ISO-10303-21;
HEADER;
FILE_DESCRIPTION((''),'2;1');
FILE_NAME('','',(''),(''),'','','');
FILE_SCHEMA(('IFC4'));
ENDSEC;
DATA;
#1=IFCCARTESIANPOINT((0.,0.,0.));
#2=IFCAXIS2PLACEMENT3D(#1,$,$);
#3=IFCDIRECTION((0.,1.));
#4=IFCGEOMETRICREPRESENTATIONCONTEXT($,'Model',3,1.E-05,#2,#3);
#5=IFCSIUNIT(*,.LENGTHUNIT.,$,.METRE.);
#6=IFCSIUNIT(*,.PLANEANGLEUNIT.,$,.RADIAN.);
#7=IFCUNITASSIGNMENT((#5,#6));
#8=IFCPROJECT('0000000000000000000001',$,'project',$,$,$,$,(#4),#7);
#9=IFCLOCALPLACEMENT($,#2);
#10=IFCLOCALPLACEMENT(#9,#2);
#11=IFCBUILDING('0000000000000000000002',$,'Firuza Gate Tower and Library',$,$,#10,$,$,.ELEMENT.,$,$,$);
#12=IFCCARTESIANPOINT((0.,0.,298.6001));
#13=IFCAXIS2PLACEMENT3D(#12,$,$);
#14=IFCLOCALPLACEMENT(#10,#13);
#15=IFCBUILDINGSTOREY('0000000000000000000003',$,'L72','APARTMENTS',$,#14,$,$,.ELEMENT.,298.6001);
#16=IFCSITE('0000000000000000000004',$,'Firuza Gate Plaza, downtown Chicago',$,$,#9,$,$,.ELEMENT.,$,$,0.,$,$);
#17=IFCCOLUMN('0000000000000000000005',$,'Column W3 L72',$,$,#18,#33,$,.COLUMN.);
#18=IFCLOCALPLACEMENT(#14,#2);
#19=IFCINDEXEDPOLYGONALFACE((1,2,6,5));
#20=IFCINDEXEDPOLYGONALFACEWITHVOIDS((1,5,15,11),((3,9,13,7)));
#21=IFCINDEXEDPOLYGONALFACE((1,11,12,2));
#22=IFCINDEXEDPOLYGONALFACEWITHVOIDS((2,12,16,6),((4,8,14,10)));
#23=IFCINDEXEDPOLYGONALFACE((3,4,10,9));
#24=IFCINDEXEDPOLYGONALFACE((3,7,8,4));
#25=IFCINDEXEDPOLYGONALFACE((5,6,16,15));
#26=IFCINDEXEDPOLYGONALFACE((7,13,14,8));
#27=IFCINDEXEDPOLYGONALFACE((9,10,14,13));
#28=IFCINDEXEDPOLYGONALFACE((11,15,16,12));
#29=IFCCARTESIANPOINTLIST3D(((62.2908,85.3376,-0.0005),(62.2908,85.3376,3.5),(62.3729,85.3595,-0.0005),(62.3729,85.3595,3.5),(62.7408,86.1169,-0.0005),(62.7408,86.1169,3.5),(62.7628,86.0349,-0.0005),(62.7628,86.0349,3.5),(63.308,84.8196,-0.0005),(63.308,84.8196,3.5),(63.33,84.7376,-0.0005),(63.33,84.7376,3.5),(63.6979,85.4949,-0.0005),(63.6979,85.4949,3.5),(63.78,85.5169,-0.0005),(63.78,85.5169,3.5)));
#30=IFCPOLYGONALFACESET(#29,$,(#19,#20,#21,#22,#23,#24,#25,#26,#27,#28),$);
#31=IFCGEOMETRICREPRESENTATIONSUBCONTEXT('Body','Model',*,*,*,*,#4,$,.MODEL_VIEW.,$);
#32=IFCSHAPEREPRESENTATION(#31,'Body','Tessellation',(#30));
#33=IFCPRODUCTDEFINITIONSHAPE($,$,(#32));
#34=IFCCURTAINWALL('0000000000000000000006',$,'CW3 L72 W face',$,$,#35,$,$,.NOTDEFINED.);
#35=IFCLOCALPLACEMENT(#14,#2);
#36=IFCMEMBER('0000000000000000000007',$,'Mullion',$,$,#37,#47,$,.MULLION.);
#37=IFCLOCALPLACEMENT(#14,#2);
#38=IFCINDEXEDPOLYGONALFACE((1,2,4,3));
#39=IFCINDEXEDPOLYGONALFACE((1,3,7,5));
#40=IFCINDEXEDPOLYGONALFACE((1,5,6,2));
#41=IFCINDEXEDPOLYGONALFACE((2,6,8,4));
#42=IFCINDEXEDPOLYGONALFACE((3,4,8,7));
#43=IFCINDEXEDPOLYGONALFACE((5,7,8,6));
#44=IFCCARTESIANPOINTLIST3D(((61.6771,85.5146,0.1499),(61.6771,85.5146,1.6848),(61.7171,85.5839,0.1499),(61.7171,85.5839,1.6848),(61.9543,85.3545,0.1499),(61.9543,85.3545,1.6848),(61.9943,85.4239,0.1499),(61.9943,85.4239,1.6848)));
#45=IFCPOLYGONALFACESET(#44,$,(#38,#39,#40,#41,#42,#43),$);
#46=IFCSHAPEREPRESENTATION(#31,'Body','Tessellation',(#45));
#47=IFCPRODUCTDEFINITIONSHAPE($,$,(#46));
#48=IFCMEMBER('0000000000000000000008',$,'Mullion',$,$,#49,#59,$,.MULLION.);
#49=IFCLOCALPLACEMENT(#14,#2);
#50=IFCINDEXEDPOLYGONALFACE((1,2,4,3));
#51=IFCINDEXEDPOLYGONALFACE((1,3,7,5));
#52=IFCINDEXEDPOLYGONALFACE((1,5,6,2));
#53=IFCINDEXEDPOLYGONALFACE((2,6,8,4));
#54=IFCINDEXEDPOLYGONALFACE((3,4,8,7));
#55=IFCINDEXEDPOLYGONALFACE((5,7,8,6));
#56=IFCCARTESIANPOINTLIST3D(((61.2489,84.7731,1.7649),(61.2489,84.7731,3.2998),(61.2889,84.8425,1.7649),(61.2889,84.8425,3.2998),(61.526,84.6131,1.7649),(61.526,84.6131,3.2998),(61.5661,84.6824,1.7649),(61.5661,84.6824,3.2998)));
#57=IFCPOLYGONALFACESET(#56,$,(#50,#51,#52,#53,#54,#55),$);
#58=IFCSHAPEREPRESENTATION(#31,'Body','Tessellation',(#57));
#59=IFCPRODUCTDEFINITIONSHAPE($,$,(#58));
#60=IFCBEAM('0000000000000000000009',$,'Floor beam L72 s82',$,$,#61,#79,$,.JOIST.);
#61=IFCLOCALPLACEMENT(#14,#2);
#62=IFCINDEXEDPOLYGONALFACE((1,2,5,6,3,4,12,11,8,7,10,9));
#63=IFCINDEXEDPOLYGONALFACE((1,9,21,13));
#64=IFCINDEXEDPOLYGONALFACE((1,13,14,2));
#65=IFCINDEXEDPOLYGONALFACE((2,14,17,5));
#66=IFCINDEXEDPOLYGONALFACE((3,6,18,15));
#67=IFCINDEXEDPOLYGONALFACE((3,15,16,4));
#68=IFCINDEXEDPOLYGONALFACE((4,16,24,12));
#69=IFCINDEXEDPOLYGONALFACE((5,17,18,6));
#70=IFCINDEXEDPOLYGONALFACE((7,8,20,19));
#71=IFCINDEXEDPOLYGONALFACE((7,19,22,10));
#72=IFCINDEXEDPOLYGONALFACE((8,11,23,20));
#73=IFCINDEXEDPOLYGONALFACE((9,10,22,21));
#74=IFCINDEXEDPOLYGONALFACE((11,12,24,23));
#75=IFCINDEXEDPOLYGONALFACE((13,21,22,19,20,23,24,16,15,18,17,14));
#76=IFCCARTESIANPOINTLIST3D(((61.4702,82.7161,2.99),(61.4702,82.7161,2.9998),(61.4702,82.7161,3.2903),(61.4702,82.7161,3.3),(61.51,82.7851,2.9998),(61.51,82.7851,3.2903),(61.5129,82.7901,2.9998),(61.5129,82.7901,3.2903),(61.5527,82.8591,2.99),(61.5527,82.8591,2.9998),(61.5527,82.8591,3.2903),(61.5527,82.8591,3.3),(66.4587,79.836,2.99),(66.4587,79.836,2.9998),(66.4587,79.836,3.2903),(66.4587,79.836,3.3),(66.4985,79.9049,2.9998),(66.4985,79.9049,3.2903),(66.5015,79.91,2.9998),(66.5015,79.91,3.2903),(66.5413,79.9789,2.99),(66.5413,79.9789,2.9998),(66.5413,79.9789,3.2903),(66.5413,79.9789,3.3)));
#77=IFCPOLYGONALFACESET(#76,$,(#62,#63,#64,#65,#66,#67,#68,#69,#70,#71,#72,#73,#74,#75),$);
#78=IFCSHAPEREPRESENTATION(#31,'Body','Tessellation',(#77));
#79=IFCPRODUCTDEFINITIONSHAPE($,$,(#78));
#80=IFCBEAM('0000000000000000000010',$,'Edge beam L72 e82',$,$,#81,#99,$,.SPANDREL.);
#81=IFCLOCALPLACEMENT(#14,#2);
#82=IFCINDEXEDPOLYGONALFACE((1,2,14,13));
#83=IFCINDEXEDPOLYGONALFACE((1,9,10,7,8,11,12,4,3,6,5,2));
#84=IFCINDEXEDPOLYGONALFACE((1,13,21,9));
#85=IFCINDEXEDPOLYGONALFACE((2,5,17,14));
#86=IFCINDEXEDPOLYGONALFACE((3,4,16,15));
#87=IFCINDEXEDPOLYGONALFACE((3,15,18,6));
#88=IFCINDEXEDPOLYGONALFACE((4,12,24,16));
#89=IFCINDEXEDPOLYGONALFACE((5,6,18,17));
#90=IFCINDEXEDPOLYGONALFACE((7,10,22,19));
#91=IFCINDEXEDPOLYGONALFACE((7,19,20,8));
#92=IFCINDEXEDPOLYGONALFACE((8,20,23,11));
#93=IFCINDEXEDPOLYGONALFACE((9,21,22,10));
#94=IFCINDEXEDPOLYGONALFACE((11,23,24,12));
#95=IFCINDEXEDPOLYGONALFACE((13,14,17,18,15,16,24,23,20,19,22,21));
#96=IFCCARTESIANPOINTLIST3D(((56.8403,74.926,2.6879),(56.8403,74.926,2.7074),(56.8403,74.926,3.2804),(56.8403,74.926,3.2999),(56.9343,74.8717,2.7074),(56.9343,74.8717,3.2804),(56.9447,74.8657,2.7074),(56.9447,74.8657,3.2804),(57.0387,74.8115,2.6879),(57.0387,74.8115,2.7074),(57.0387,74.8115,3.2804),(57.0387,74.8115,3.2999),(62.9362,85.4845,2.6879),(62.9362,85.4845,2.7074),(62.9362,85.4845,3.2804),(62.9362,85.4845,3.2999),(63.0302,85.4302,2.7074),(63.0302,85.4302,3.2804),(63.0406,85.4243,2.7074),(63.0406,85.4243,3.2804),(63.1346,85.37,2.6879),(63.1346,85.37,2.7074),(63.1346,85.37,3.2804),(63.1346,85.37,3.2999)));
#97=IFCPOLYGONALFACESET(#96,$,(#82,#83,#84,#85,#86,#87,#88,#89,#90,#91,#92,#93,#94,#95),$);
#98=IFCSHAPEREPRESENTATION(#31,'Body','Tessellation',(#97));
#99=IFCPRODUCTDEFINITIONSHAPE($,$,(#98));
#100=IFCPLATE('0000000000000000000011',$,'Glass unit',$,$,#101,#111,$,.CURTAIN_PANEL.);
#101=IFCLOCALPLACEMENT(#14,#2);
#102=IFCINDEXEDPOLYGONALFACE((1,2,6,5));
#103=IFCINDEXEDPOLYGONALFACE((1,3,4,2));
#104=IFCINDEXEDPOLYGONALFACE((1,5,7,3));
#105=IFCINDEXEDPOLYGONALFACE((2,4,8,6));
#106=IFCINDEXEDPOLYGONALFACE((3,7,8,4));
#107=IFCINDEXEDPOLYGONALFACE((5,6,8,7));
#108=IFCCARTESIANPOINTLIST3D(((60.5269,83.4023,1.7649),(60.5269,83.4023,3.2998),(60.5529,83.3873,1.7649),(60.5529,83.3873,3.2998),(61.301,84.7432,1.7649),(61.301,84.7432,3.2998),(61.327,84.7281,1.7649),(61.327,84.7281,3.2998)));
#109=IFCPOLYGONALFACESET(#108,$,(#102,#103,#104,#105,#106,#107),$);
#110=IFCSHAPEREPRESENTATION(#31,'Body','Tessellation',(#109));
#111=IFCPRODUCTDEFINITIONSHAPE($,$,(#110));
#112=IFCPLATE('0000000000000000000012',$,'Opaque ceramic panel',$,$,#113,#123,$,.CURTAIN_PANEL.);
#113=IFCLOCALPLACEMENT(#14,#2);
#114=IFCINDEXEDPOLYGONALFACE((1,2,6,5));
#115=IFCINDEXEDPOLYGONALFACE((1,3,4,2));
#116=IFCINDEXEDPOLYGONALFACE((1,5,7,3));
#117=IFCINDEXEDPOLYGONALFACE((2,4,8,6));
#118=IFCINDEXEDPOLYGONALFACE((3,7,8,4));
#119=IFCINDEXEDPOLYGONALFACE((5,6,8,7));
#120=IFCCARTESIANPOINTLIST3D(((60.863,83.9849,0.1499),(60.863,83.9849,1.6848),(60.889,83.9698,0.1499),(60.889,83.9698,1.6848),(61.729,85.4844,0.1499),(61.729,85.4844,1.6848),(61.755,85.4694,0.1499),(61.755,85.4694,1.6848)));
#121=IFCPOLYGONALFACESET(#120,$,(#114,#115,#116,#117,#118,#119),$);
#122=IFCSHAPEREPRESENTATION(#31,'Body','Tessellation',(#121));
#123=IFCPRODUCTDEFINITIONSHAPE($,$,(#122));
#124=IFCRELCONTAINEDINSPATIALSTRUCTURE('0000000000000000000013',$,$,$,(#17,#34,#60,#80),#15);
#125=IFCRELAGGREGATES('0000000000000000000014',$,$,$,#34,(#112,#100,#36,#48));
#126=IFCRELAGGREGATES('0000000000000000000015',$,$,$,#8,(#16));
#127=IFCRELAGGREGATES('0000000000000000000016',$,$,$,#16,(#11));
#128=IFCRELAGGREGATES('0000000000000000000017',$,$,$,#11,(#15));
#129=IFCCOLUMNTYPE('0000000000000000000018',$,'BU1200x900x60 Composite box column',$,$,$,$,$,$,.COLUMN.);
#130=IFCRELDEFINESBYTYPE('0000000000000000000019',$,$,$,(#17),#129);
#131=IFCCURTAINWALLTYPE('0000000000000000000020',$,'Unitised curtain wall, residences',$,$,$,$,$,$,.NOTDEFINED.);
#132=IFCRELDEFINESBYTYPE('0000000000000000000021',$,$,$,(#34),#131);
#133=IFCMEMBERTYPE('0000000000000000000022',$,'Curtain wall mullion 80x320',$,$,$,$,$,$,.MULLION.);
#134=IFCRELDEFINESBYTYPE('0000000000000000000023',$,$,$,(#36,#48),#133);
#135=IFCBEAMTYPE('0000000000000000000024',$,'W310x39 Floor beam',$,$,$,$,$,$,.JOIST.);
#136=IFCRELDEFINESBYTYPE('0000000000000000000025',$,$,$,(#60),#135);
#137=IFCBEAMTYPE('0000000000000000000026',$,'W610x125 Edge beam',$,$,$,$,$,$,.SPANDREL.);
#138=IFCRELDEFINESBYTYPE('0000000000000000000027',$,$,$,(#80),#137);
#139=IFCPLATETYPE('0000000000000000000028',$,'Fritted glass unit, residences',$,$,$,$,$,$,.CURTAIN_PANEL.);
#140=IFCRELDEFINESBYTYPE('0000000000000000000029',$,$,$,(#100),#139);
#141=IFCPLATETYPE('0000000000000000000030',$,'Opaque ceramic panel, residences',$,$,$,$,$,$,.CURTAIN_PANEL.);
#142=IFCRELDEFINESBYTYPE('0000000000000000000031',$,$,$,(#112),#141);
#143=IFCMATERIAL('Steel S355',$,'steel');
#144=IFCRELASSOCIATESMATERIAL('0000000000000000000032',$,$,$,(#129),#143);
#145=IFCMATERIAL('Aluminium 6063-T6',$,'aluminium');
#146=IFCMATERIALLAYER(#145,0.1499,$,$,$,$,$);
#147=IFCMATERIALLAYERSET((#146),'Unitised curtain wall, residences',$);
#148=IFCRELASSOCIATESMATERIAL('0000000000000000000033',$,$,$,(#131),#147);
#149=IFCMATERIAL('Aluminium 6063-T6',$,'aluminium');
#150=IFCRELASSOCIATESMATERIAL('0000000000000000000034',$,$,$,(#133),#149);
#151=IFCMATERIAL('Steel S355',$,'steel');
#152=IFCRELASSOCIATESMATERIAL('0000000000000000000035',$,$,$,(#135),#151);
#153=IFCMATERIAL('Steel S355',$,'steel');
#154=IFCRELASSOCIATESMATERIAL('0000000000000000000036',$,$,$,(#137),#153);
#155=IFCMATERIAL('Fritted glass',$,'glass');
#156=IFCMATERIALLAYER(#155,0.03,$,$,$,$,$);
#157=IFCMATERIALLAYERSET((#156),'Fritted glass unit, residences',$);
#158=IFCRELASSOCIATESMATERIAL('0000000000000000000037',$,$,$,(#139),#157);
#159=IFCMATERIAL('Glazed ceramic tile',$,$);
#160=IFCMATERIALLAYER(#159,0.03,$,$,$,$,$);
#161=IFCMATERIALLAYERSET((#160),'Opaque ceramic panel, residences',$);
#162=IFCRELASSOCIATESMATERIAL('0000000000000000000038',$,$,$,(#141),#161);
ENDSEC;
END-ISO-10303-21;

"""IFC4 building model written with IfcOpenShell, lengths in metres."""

from ifc_helpers import new_model, si_unit, direction, frame, origin, origin_2d, place, context, subcontext, project, spatial, polyline, rectangle, hollow_rectangle, i_section, outline, extrude, material, layer, layer_set, material_profile, profile_set, type_object, element, aggregate, save


model = new_model("IFC4")

# Units and contexts
model_context = context("Model", 3, precision=1e-05, world=origin(), true_north=direction((0.0, 1.0)))
body_context = subcontext(model_context, "Body", "Model", "MODEL_VIEW")
ifc_project = project(units=[si_unit("LENGTHUNIT", "METRE"), si_unit("PLANEANGLEUNIT", "RADIAN")], contexts=[model_context])

# Site, building, storey
site_placement = place(None, origin())
site = spatial("IfcSite", under=ifc_project, at=site_placement, Name="Firuza Gate Plaza, downtown Chicago", CompositionType="ELEMENT", RefElevation=0.0)
building_placement = place(site_placement, origin())
building = spatial("IfcBuilding", under=site, at=building_placement, Name="Firuza Gate Tower and Library", CompositionType="ELEMENT")
storey_placement = place(building_placement, frame((0.0, 0.0, 298.6001)))
storey = spatial("IfcBuildingStorey", under=building, at=storey_placement, Name="L72", Description="APARTMENTS", CompositionType="ELEMENT", Elevation=298.6001)

# Column
ifc_material_1 = material(Name="Steel S355", Category="steel")
ifc_material_profile_1 = material_profile(ifc_material_1, hollow_rectangle(XDim=0.8999, YDim=1.2, WallThickness=0.0601, at=origin_2d()))
ifc_profile_set_1 = profile_set([ifc_material_profile_1], Name="Steel S355")
column_type = type_object("IfcColumnType", Name="BU1200x900x60 Composite box column", PredefinedType="COLUMN", material=ifc_profile_set_1)
column_placement = place(storey_placement, frame((63.0354, 85.4272, -0.0005), z_axis=(0.0, 0.0, 1.0), x_axis=(-0.5, -0.866025, 0.0)))
element("IfcColumn", 1, at=column_placement, inside=storey, type_object=column_type, Name="Column W3 L72", PredefinedType="COLUMN", context=body_context, shape_type="SweptSolid", body=[
    extrude(hollow_rectangle(XDim=0.8999, YDim=1.2, WallThickness=0.0601, at=origin_2d()), origin(), (0.0, 0.0, 1.0), 3.5005),
])

# Curtain wall, members
ifc_material_2 = material(Name="Aluminium 6063-T6", Category="aluminium")
ifc_layer_1 = layer(ifc_material_2, 0.1499)
ifc_layer_set_1 = layer_set([ifc_layer_1], Name="Unitised curtain wall, residences")
curtain_wall_type = type_object("IfcCurtainWallType", Name="Unitised curtain wall, residences", PredefinedType="NOTDEFINED", material=ifc_layer_set_1)
curtain_wall_placement = place(storey_placement, origin())
curtain_wall = element("IfcCurtainWall", 2, at=curtain_wall_placement, inside=storey, type_object=curtain_wall_type, Name="CW3 L72 W face", PredefinedType="NOTDEFINED")
ifc_material_3 = material(Name="Aluminium 6063-T6", Category="aluminium")
ifc_material_profile_2 = material_profile(ifc_material_3, rectangle(XDim=0.3201, YDim=0.0801, at=origin_2d()))
ifc_profile_set_2 = profile_set([ifc_material_profile_2], Name="Aluminium 6063-T6")
member_type = type_object("IfcMemberType", Name="Curtain wall mullion 80x320", PredefinedType="MULLION", material=ifc_profile_set_2)
member_1_placement = place(storey_placement, frame((61.8357, 85.4692, 0.1499), z_axis=(0.0, 0.0, 1.0), x_axis=(0.866025, -0.5, 0.0)))
member_1 = element("IfcMember", 3, at=member_1_placement, type_object=member_type, Name="Mullion", PredefinedType="MULLION", context=body_context, shape_type="SweptSolid", body=[
    extrude(rectangle(XDim=0.3201, YDim=0.0801, at=origin_2d()), origin(), (0.0, 0.0, 1.0), 1.5349),
])
member_2_placement = place(storey_placement, frame((61.4075, 84.7278, 1.7649), z_axis=(0.0, 0.0, 1.0), x_axis=(0.866025, -0.5, 0.0)))
member_2 = element("IfcMember", 4, at=member_2_placement, type_object=member_type, Name="Mullion", PredefinedType="MULLION", context=body_context, shape_type="SweptSolid", body=[
    extrude(rectangle(XDim=0.3201, YDim=0.0801, at=origin_2d()), origin(), (0.0, 0.0, 1.0), 1.5349),
])

# Beams
ifc_material_4 = material(Name="Steel S355", Category="steel")
ifc_material_profile_3 = material_profile(ifc_material_4, i_section(OverallWidth=0.165, OverallDepth=0.3101, WebThickness=0.0059, FlangeThickness=0.0098, at=origin_2d()))
ifc_profile_set_3 = profile_set([ifc_material_profile_3], Name="Steel S355")
beam_type_1 = type_object("IfcBeamType", Name="W310x39 Floor beam", PredefinedType="JOIST", material=ifc_profile_set_3)
beam_1_placement = place(storey_placement, frame((61.5115, 82.7876, 3.145), z_axis=(0.866025, -0.5, 0.0), x_axis=(0.5, 0.866025, 0.0)))
element("IfcBeam", 5, at=beam_1_placement, inside=storey, type_object=beam_type_1, Name="Floor beam L72 s82", PredefinedType="JOIST", context=body_context, shape_type="SweptSolid", body=[
    extrude(i_section(OverallWidth=0.165, OverallDepth=0.3101, WebThickness=0.0059, FlangeThickness=0.0098, at=origin_2d()), origin(), (0.0, 0.0, 1.0), 5.7603),
])
ifc_material_5 = material(Name="Steel S355", Category="steel")
ifc_material_profile_4 = material_profile(ifc_material_5, i_section(OverallWidth=0.229, OverallDepth=0.6121, WebThickness=0.012, FlangeThickness=0.0195, at=origin_2d()))
ifc_profile_set_4 = profile_set([ifc_material_profile_4], Name="Steel S355")
beam_type_2 = type_object("IfcBeamType", Name="W610x125 Edge beam", PredefinedType="SPANDREL", material=ifc_profile_set_4)
beam_2_placement = place(storey_placement, frame((63.0354, 85.4272, 2.9939), z_axis=(-0.499996, -0.866028, 0.0), x_axis=(0.866028, -0.499996, 0.0)))
element("IfcBeam", 6, at=beam_2_placement, inside=storey, type_object=beam_type_2, Name="Edge beam L72 e82", PredefinedType="SPANDREL", context=body_context, shape_type="SweptSolid", body=[
    extrude(i_section(OverallWidth=0.229, OverallDepth=0.6121, WebThickness=0.012, FlangeThickness=0.0195, at=origin_2d()), origin(), (0.0, 0.0, 1.0), 12.1919),
])

# Plates
ifc_material_6 = material(Name="Fritted glass", Category="glass")
ifc_layer_2 = layer(ifc_material_6, 0.03)
ifc_layer_set_2 = layer_set([ifc_layer_2], Name="Fritted glass unit, residences")
plate_type_1 = type_object("IfcPlateType", Name="Fritted glass unit, residences", PredefinedType="CURTAIN_PANEL", material=ifc_layer_set_2)
plate_1_placement = place(storey_placement, frame((61.301, 84.7432, 1.7649), z_axis=(-0.866012, 0.500023, 0.0), x_axis=(-0.500023, -0.866012, 0.0)))
plate_1 = element("IfcPlate", 7, at=plate_1_placement, type_object=plate_type_1, Name="Glass unit", PredefinedType="CURTAIN_PANEL", context=body_context, shape_type="SweptSolid", body=[
    extrude(outline(polyline([(0.0, 0.0), (1.5483, 0.0), (1.5483, 1.5349), (0.0, 1.5349), (0.0, 0.0)])), origin(), (0.0, 0.0, -1.0), 0.03),
])
ifc_material_7 = material(Name="Glazed ceramic tile")
ifc_layer_3 = layer(ifc_material_7, 0.03)
ifc_layer_set_3 = layer_set([ifc_layer_3], Name="Opaque ceramic panel, residences")
plate_type_2 = type_object("IfcPlateType", Name="Opaque ceramic panel, residences", PredefinedType="CURTAIN_PANEL", material=ifc_layer_set_3)
plate_2_placement = place(storey_placement, frame((61.729, 85.4844, 0.1499), z_axis=(-0.86597, 0.500097, 0.0), x_axis=(-0.500097, -0.86597, 0.0)))
plate_2 = element("IfcPlate", 8, at=plate_2_placement, type_object=plate_type_2, Name="Opaque ceramic panel", PredefinedType="CURTAIN_PANEL", context=body_context, shape_type="SweptSolid", body=[
    extrude(outline(polyline([(0.0, 0.0), (1.7316, 0.0), (1.7316, 1.5349), (0.0, 1.5349), (0.0, 0.0)])), origin(), (0.0, 0.0, -1.0), 0.03),
])
aggregate(curtain_wall, [plate_2, plate_1, member_1, member_2])

save(model, "model.ifc")
